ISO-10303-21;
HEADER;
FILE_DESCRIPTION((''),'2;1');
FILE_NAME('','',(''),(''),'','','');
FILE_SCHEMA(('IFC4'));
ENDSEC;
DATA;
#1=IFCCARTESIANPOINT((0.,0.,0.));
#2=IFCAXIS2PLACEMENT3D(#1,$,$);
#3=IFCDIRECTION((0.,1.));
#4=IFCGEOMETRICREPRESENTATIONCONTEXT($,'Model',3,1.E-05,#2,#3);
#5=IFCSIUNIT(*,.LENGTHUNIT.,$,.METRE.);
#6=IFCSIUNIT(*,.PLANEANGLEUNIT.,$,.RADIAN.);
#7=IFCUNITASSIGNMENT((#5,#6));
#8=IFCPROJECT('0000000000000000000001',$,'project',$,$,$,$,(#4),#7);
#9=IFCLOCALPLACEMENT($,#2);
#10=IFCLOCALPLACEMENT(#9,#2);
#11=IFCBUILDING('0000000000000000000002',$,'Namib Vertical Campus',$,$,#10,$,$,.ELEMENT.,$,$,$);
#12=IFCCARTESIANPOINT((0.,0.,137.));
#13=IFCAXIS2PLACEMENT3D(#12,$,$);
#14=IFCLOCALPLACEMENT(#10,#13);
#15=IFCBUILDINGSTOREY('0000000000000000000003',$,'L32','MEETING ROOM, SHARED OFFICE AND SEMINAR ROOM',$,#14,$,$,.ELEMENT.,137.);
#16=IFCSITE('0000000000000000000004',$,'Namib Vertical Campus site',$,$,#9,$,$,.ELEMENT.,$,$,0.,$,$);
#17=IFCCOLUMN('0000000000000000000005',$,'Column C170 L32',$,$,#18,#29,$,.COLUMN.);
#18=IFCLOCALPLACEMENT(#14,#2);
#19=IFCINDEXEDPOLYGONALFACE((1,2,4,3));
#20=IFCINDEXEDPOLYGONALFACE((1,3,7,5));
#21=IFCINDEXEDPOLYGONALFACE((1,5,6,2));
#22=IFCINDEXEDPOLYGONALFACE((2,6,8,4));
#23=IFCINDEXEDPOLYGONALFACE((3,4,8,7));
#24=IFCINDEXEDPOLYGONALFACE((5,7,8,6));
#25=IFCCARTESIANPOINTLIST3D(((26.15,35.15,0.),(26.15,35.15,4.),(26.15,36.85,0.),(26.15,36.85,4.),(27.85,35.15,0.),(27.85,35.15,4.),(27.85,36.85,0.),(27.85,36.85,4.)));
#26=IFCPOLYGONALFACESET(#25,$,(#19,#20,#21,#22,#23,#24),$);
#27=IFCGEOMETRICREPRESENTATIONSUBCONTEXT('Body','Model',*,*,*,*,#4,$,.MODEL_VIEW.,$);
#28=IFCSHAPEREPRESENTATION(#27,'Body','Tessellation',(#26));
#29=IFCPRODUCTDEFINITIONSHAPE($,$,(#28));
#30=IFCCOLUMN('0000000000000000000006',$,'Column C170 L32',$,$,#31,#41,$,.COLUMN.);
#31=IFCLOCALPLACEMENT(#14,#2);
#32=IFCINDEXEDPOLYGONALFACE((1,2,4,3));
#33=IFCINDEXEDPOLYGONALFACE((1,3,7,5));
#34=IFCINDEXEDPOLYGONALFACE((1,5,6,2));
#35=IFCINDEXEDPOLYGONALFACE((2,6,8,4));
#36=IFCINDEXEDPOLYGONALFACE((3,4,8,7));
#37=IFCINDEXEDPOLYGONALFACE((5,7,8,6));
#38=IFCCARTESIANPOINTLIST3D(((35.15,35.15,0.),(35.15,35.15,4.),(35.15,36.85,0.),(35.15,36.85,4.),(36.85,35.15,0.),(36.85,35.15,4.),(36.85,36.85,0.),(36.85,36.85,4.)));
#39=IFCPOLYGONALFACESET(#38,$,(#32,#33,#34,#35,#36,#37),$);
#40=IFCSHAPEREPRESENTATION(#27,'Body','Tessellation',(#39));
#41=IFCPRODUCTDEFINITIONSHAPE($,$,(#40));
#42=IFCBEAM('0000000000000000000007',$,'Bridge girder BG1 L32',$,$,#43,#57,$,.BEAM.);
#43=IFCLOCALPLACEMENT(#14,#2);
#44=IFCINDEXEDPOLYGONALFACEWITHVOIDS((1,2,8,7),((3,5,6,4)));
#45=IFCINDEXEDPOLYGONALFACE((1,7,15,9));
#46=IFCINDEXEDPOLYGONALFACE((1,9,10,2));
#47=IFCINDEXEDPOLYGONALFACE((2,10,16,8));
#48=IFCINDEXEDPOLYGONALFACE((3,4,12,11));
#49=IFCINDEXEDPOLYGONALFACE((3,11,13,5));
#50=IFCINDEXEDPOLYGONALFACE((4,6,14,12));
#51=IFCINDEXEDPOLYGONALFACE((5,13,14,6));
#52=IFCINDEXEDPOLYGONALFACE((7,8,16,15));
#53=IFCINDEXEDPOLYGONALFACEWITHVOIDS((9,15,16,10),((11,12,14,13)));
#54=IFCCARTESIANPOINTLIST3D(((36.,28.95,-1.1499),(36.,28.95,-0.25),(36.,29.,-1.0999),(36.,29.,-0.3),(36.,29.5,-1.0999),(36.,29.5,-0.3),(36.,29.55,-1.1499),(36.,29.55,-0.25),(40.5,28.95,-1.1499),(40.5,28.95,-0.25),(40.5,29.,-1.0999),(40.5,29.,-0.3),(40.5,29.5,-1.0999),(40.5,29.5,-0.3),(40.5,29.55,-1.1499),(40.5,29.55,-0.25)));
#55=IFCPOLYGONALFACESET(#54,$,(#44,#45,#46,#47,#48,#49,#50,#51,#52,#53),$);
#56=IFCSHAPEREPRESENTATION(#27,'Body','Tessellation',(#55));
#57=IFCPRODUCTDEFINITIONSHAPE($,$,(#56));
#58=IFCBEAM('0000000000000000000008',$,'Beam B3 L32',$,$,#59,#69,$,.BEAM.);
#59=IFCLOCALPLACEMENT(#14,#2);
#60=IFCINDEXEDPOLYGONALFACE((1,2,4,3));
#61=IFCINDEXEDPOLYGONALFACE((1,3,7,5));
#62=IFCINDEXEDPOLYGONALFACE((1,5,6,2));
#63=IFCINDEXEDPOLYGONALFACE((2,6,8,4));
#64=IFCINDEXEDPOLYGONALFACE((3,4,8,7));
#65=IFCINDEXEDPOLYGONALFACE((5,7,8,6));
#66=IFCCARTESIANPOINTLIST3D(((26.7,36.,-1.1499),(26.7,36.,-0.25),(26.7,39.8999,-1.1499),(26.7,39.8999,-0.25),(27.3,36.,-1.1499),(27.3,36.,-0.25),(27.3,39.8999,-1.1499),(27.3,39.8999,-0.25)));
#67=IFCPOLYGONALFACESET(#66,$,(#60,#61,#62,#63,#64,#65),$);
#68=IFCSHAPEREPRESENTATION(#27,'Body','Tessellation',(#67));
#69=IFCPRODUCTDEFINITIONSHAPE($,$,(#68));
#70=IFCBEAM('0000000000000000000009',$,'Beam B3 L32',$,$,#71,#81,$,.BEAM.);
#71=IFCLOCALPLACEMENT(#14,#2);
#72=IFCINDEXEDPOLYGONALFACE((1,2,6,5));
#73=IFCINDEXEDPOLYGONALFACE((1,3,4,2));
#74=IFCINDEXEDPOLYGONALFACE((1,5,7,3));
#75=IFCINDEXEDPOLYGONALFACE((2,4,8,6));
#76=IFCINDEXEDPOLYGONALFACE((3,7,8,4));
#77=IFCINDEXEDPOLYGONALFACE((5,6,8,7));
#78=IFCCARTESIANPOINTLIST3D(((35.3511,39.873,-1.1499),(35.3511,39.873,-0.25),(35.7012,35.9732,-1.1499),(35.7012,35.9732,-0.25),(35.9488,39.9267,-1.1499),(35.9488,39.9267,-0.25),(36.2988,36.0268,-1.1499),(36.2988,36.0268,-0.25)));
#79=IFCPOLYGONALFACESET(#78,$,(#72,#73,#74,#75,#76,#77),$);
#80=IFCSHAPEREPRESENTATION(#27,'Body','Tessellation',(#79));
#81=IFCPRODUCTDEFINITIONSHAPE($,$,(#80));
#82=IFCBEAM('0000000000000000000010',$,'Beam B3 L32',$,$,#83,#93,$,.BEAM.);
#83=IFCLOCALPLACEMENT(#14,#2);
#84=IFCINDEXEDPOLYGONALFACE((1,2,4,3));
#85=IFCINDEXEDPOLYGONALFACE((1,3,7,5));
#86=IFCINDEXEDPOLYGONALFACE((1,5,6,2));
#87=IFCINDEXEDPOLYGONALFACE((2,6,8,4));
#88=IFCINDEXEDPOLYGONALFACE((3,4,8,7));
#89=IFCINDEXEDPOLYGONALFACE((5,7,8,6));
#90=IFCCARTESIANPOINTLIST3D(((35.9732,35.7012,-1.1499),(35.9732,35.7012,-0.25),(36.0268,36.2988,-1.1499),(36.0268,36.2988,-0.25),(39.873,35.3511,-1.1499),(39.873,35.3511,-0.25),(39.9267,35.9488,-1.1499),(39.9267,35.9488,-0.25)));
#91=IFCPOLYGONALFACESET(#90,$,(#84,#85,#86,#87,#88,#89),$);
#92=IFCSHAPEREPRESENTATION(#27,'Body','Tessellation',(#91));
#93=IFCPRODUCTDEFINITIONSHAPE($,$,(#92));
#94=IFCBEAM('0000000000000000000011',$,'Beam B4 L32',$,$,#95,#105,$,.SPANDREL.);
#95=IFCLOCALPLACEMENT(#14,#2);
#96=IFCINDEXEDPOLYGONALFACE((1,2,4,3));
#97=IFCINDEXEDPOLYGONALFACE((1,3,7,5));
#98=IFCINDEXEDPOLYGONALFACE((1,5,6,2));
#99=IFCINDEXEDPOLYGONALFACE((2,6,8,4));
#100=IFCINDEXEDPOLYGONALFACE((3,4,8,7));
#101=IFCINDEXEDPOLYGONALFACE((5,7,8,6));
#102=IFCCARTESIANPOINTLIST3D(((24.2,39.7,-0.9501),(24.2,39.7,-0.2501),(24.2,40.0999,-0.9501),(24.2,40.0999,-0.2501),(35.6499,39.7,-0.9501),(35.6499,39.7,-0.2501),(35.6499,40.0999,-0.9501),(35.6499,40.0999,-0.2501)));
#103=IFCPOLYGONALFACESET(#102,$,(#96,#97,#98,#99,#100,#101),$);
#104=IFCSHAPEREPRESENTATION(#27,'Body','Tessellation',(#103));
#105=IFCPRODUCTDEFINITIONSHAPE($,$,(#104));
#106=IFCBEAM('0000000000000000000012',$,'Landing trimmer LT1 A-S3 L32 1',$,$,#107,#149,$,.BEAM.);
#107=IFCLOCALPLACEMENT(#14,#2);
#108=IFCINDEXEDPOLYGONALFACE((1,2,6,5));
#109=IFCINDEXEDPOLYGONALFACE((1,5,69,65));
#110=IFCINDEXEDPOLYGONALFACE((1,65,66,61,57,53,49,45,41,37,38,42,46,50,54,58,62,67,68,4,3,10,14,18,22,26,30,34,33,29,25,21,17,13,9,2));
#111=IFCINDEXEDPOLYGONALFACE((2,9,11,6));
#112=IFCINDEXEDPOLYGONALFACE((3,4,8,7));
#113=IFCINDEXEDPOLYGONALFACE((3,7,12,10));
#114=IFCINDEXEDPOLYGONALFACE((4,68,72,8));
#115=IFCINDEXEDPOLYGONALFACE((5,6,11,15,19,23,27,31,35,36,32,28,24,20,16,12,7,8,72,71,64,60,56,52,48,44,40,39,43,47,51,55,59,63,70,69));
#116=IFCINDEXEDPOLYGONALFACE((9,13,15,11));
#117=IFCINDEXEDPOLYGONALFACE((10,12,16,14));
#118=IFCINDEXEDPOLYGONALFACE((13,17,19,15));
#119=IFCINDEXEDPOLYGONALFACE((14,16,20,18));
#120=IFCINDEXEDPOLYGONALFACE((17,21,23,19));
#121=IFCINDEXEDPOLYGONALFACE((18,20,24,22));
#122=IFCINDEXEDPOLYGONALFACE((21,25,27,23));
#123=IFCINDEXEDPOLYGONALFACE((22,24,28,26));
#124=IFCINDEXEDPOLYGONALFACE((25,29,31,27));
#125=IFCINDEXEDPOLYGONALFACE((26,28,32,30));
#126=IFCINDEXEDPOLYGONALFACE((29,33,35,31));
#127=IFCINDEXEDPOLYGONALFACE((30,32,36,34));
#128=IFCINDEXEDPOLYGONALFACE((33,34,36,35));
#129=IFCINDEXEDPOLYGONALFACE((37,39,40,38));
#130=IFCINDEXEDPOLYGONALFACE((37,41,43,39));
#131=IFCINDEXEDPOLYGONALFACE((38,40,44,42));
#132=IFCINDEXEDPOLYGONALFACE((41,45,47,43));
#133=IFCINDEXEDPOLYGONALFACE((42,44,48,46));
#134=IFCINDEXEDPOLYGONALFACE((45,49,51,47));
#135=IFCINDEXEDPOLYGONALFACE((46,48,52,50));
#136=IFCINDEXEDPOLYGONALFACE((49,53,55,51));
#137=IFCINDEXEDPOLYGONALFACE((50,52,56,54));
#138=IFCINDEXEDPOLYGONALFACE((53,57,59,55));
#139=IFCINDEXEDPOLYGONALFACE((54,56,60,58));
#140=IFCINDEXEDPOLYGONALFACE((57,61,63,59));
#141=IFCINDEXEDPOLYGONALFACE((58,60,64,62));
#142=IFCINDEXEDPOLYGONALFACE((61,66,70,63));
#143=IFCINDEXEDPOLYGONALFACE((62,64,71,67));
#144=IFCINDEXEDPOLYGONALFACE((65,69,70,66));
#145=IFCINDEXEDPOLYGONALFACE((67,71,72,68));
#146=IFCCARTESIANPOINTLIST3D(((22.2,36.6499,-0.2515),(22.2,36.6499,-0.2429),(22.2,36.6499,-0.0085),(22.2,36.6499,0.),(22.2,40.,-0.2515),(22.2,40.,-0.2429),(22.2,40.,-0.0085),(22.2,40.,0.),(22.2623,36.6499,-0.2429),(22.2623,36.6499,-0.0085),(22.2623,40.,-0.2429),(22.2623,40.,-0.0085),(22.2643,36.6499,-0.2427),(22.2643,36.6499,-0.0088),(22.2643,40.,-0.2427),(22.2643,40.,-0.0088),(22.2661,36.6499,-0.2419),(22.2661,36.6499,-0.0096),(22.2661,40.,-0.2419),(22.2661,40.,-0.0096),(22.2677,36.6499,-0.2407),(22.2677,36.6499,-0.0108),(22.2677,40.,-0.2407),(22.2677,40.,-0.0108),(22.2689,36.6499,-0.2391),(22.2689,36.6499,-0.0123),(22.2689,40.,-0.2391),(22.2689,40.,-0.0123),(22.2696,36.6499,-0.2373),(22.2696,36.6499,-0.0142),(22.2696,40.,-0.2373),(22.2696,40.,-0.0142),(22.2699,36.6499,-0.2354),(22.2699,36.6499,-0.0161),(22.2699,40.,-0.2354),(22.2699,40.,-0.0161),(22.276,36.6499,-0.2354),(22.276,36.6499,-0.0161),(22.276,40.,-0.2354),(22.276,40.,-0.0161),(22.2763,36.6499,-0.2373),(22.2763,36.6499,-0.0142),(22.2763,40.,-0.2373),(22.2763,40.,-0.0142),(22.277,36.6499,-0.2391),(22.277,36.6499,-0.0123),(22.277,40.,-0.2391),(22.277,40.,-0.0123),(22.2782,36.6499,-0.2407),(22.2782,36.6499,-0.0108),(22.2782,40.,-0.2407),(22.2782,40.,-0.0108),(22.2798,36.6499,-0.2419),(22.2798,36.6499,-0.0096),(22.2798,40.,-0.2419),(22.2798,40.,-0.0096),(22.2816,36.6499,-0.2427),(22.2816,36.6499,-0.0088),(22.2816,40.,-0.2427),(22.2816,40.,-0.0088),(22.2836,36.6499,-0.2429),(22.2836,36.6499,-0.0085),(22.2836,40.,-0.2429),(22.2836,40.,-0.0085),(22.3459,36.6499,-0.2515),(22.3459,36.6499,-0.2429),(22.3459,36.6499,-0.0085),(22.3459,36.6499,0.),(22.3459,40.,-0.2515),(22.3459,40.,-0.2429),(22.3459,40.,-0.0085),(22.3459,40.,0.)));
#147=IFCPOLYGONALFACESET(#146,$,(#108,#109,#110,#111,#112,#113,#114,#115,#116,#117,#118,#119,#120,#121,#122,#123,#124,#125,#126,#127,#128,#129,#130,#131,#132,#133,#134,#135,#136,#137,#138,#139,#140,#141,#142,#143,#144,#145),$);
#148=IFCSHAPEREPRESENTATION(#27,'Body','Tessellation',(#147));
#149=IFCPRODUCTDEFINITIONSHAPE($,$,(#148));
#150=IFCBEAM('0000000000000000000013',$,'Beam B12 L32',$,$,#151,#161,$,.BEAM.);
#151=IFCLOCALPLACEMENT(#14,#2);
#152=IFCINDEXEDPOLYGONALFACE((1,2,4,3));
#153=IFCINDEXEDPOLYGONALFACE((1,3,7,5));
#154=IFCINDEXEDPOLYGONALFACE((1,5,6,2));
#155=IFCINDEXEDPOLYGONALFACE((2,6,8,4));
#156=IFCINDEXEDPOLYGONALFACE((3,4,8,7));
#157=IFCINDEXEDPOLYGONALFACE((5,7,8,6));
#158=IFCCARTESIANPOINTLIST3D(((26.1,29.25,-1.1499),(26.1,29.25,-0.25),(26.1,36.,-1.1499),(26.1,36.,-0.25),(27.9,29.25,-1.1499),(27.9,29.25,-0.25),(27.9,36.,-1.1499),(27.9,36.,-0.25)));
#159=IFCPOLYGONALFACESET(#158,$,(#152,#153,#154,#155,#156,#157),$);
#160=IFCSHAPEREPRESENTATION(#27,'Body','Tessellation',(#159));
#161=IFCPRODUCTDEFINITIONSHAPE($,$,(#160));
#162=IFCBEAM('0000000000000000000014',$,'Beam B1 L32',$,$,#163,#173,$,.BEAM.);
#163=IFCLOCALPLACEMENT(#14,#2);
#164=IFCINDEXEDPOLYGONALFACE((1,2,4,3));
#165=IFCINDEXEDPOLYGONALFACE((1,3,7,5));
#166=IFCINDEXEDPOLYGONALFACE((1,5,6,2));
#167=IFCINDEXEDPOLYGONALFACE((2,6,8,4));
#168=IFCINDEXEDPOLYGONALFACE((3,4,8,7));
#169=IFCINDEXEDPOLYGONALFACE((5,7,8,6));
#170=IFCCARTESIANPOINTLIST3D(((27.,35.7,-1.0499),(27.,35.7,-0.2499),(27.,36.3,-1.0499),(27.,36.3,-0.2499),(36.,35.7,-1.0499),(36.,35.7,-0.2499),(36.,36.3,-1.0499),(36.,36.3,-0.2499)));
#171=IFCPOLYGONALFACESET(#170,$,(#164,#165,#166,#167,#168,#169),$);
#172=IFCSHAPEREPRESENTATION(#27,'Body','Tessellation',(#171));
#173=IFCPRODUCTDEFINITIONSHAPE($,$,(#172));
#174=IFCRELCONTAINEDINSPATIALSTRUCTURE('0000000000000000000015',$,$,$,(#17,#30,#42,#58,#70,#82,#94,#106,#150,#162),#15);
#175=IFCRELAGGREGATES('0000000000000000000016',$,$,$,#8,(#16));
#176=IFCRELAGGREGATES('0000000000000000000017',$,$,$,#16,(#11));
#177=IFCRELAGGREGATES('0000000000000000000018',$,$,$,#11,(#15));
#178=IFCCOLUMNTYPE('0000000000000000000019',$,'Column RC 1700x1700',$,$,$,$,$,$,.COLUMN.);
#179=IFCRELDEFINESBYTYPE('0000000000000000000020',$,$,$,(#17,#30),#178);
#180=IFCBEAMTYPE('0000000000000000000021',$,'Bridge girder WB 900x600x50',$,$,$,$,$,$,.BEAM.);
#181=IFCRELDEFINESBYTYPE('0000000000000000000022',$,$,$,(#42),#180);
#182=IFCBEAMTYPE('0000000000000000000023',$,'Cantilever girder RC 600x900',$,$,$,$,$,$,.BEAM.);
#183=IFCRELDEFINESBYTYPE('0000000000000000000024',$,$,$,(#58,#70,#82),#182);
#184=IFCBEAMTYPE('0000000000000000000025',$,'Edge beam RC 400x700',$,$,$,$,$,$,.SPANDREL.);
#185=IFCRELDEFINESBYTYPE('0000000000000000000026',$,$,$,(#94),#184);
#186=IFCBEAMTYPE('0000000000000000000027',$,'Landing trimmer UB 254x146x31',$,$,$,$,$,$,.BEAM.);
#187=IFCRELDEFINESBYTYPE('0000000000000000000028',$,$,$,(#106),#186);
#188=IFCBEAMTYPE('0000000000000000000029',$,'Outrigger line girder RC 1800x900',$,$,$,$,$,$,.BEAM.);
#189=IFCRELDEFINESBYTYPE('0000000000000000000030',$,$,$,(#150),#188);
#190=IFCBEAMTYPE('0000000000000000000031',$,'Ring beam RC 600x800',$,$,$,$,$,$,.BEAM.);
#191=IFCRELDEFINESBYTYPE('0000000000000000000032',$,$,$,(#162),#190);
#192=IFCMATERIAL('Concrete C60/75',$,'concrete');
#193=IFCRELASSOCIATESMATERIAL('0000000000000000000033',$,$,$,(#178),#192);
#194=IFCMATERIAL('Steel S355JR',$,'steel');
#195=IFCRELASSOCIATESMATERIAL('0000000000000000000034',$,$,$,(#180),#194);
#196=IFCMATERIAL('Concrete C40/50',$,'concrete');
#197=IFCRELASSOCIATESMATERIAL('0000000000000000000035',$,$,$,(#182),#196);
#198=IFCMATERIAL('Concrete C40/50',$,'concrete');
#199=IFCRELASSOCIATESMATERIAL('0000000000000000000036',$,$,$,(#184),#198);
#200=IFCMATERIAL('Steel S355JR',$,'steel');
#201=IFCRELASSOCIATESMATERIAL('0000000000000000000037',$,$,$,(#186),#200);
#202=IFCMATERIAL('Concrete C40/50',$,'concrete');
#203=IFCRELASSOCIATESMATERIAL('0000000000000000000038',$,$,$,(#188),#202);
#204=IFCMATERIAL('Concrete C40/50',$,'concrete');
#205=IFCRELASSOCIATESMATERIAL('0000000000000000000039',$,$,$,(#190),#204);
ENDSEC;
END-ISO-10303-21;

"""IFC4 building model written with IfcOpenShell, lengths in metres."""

from ifc_helpers import new_model, si_unit, direction, frame, origin, origin_2d, place, context, subcontext, project, spatial, rectangle, hollow_rectangle, i_section, extrude, material, material_profile, profile_set, type_object, element, save


model = new_model("IFC4")

# Units and contexts
model_context = context("Model", 3, precision=1e-05, world=origin(), true_north=direction((0.0, 1.0)))
body_context = subcontext(model_context, "Body", "Model", "MODEL_VIEW")
ifc_project = project(units=[si_unit("LENGTHUNIT", "METRE"), si_unit("PLANEANGLEUNIT", "RADIAN")], contexts=[model_context])

# Site, building, storey
site_placement = place(None, origin())
site = spatial("IfcSite", under=ifc_project, at=site_placement, Name="Namib Vertical Campus site", CompositionType="ELEMENT", RefElevation=0.0)
building_placement = place(site_placement, origin())
building = spatial("IfcBuilding", under=site, at=building_placement, Name="Namib Vertical Campus", CompositionType="ELEMENT")
storey_placement = place(building_placement, frame((0.0, 0.0, 137.0)))
storey = spatial("IfcBuildingStorey", under=building, at=storey_placement, Name="L32", Description="MEETING ROOM, SHARED OFFICE AND SEMINAR ROOM", CompositionType="ELEMENT", Elevation=137.0)

# Columns
ifc_material_1 = material(Name="Concrete C60/75", Category="concrete")
ifc_material_profile_1 = material_profile(ifc_material_1, rectangle(XDim=1.7, YDim=1.7, at=origin_2d()))
ifc_profile_set_1 = profile_set([ifc_material_profile_1], Name="Concrete C60/75")
column_type = type_object("IfcColumnType", Name="Column RC 1700x1700", PredefinedType="COLUMN", material=ifc_profile_set_1)
for number, where, z_axis, x_axis, name in (
    (1, (27.0, 36.0, 0.0), (0.0, 0.0, 1.0), (1.0, 0.0, 0.0), "Column C170 L32"),
    (2, (36.0, 36.0, 0.0), (0.0, 0.0, 1.0), (1.0, 0.0, 0.0), "Column C170 L32"),
):
    element("IfcColumn", number, at=place(storey_placement, frame(where, z_axis=z_axis, x_axis=x_axis)), inside=storey, type_object=column_type, Name=name, PredefinedType="COLUMN", context=body_context, shape_type="SweptSolid", body=[
        extrude(rectangle(XDim=1.7, YDim=1.7, at=origin_2d()), origin(), (0.0, 0.0, 1.0), 4.0),
    ])

# Beams
ifc_material_2 = material(Name="Steel S355JR", Category="steel")
ifc_material_profile_2 = material_profile(ifc_material_2, hollow_rectangle(XDim=0.6001, YDim=0.8999, WallThickness=0.05, at=origin_2d()))
ifc_profile_set_2 = profile_set([ifc_material_profile_2], Name="Steel S355JR")
beam_type_1 = type_object("IfcBeamType", Name="Bridge girder WB 900x600x50", PredefinedType="BEAM", material=ifc_profile_set_2)
beam_1_placement = place(storey_placement, frame((36.0, 29.25, -0.7), z_axis=(1.0, 0.0, 0.0), x_axis=(0.0, 1.0, 0.0)))
element("IfcBeam", 3, at=beam_1_placement, inside=storey, type_object=beam_type_1, Name="Bridge girder BG1 L32", PredefinedType="BEAM", context=body_context, shape_type="SweptSolid", body=[
    extrude(hollow_rectangle(XDim=0.6001, YDim=0.8999, WallThickness=0.05, at=origin_2d()), origin(), (0.0, 0.0, 1.0), 4.5),
])
ifc_material_3 = material(Name="Concrete C40/50", Category="concrete")
ifc_material_profile_3 = material_profile(ifc_material_3, rectangle(XDim=0.6001, YDim=0.8999, at=origin_2d()))
ifc_profile_set_3 = profile_set([ifc_material_profile_3], Name="Concrete C40/50")
beam_type_2 = type_object("IfcBeamType", Name="Cantilever girder RC 600x900", PredefinedType="BEAM", material=ifc_profile_set_3)
beam_2_placement = place(storey_placement, frame((27.0, 36.0, -0.7), z_axis=(0.0, 1.0, 0.0), x_axis=(-1.0, 0.0, 0.0)))
element("IfcBeam", 4, at=beam_2_placement, inside=storey, type_object=beam_type_2, Name="Beam B3 L32", PredefinedType="BEAM", context=body_context, shape_type="SweptSolid", body=[
    extrude(rectangle(XDim=0.6001, YDim=0.8999, at=origin_2d()), origin(), (0.0, 0.0, 1.0), 3.8999),
])
for number, where, z_axis, x_axis, name in (
    (5, (36.0, 36.0, -0.7), (-0.089411, 0.995995, 0.0), (-0.995995, -0.089411, 0.0), "Beam B3 L32"),
    (6, (36.0, 36.0, -0.7), (0.995995, -0.089411, 0.0), (0.089411, 0.995995, 0.0), "Beam B3 L32"),
):
    element("IfcBeam", number, at=place(storey_placement, frame(where, z_axis=z_axis, x_axis=x_axis)), inside=storey, type_object=beam_type_2, Name=name, PredefinedType="BEAM", context=body_context, shape_type="SweptSolid", body=[
        extrude(rectangle(XDim=0.6001, YDim=0.8999, at=origin_2d()), origin(), (0.0, 0.0, 1.0), 3.9155),
    ])
ifc_material_4 = material(Name="Concrete C40/50", Category="concrete")
ifc_material_profile_4 = material_profile(ifc_material_4, rectangle(XDim=0.3999, YDim=0.7, at=origin_2d()))
ifc_profile_set_4 = profile_set([ifc_material_profile_4], Name="Concrete C40/50")
beam_type_3 = type_object("IfcBeamType", Name="Edge beam RC 400x700", PredefinedType="SPANDREL", material=ifc_profile_set_4)
beam_3_placement = place(storey_placement, frame((24.2, 39.8999, -0.6001), z_axis=(1.0, 0.0, 0.0), x_axis=(0.0, 1.0, 0.0)))
element("IfcBeam", 7, at=beam_3_placement, inside=storey, type_object=beam_type_3, Name="Beam B4 L32", PredefinedType="SPANDREL", context=body_context, shape_type="SweptSolid", body=[
    extrude(rectangle(XDim=0.3999, YDim=0.7, at=origin_2d()), origin(), (0.0, 0.0, 1.0), 11.45),
])
ifc_material_5 = material(Name="Steel S355JR", Category="steel")
ifc_material_profile_5 = material_profile(ifc_material_5, i_section(OverallWidth=0.146, OverallDepth=0.2515, WebThickness=0.0061, FlangeThickness=0.0085, FilletRadius=0.0076, at=origin_2d()))
ifc_profile_set_5 = profile_set([ifc_material_profile_5], Name="Steel S355JR")
beam_type_4 = type_object("IfcBeamType", Name="Landing trimmer UB 254x146x31", PredefinedType="BEAM", material=ifc_profile_set_5)
beam_4_placement = place(storey_placement, frame((22.2729, 36.6499, -0.1257), z_axis=(0.0, 1.0, 0.0), x_axis=(-1.0, 0.0, 0.0)))
element("IfcBeam", 8, at=beam_4_placement, inside=storey, type_object=beam_type_4, Name="Landing trimmer LT1 A-S3 L32 1", PredefinedType="BEAM", context=body_context, shape_type="SweptSolid", body=[
    extrude(i_section(OverallWidth=0.146, OverallDepth=0.2515, WebThickness=0.0061, FlangeThickness=0.0085, FilletRadius=0.0076, at=origin_2d()), origin(), (0.0, 0.0, 1.0), 3.3501),
])
ifc_material_6 = material(Name="Concrete C40/50", Category="concrete")
ifc_material_profile_6 = material_profile(ifc_material_6, rectangle(XDim=1.8, YDim=0.8999, at=origin_2d()))
ifc_profile_set_6 = profile_set([ifc_material_profile_6], Name="Concrete C40/50")
beam_type_5 = type_object("IfcBeamType", Name="Outrigger line girder RC 1800x900", PredefinedType="BEAM", material=ifc_profile_set_6)
beam_5_placement = place(storey_placement, frame((27.0, 36.0, -0.7), z_axis=(0.0, -1.0, 0.0), x_axis=(1.0, 0.0, 0.0)))
element("IfcBeam", 9, at=beam_5_placement, inside=storey, type_object=beam_type_5, Name="Beam B12 L32", PredefinedType="BEAM", context=body_context, shape_type="SweptSolid", body=[
    extrude(rectangle(XDim=1.8, YDim=0.8999, at=origin_2d()), origin(), (0.0, 0.0, 1.0), 6.75),
])
ifc_material_7 = material(Name="Concrete C40/50", Category="concrete")
ifc_material_profile_7 = material_profile(ifc_material_7, rectangle(XDim=0.6001, YDim=0.8, at=origin_2d()))
ifc_profile_set_7 = profile_set([ifc_material_profile_7], Name="Concrete C40/50")
beam_type_6 = type_object("IfcBeamType", Name="Ring beam RC 600x800", PredefinedType="BEAM", material=ifc_profile_set_7)
beam_6_placement = place(storey_placement, frame((27.0, 36.0, -0.6499), z_axis=(1.0, 0.0, 0.0), x_axis=(0.0, 1.0, 0.0)))
element("IfcBeam", 10, at=beam_6_placement, inside=storey, type_object=beam_type_6, Name="Beam B1 L32", PredefinedType="BEAM", context=body_context, shape_type="SweptSolid", body=[
    extrude(rectangle(XDim=0.6001, YDim=0.8, at=origin_2d()), origin(), (0.0, 0.0, 1.0), 9.0),
])

save(model, "model.ifc")
